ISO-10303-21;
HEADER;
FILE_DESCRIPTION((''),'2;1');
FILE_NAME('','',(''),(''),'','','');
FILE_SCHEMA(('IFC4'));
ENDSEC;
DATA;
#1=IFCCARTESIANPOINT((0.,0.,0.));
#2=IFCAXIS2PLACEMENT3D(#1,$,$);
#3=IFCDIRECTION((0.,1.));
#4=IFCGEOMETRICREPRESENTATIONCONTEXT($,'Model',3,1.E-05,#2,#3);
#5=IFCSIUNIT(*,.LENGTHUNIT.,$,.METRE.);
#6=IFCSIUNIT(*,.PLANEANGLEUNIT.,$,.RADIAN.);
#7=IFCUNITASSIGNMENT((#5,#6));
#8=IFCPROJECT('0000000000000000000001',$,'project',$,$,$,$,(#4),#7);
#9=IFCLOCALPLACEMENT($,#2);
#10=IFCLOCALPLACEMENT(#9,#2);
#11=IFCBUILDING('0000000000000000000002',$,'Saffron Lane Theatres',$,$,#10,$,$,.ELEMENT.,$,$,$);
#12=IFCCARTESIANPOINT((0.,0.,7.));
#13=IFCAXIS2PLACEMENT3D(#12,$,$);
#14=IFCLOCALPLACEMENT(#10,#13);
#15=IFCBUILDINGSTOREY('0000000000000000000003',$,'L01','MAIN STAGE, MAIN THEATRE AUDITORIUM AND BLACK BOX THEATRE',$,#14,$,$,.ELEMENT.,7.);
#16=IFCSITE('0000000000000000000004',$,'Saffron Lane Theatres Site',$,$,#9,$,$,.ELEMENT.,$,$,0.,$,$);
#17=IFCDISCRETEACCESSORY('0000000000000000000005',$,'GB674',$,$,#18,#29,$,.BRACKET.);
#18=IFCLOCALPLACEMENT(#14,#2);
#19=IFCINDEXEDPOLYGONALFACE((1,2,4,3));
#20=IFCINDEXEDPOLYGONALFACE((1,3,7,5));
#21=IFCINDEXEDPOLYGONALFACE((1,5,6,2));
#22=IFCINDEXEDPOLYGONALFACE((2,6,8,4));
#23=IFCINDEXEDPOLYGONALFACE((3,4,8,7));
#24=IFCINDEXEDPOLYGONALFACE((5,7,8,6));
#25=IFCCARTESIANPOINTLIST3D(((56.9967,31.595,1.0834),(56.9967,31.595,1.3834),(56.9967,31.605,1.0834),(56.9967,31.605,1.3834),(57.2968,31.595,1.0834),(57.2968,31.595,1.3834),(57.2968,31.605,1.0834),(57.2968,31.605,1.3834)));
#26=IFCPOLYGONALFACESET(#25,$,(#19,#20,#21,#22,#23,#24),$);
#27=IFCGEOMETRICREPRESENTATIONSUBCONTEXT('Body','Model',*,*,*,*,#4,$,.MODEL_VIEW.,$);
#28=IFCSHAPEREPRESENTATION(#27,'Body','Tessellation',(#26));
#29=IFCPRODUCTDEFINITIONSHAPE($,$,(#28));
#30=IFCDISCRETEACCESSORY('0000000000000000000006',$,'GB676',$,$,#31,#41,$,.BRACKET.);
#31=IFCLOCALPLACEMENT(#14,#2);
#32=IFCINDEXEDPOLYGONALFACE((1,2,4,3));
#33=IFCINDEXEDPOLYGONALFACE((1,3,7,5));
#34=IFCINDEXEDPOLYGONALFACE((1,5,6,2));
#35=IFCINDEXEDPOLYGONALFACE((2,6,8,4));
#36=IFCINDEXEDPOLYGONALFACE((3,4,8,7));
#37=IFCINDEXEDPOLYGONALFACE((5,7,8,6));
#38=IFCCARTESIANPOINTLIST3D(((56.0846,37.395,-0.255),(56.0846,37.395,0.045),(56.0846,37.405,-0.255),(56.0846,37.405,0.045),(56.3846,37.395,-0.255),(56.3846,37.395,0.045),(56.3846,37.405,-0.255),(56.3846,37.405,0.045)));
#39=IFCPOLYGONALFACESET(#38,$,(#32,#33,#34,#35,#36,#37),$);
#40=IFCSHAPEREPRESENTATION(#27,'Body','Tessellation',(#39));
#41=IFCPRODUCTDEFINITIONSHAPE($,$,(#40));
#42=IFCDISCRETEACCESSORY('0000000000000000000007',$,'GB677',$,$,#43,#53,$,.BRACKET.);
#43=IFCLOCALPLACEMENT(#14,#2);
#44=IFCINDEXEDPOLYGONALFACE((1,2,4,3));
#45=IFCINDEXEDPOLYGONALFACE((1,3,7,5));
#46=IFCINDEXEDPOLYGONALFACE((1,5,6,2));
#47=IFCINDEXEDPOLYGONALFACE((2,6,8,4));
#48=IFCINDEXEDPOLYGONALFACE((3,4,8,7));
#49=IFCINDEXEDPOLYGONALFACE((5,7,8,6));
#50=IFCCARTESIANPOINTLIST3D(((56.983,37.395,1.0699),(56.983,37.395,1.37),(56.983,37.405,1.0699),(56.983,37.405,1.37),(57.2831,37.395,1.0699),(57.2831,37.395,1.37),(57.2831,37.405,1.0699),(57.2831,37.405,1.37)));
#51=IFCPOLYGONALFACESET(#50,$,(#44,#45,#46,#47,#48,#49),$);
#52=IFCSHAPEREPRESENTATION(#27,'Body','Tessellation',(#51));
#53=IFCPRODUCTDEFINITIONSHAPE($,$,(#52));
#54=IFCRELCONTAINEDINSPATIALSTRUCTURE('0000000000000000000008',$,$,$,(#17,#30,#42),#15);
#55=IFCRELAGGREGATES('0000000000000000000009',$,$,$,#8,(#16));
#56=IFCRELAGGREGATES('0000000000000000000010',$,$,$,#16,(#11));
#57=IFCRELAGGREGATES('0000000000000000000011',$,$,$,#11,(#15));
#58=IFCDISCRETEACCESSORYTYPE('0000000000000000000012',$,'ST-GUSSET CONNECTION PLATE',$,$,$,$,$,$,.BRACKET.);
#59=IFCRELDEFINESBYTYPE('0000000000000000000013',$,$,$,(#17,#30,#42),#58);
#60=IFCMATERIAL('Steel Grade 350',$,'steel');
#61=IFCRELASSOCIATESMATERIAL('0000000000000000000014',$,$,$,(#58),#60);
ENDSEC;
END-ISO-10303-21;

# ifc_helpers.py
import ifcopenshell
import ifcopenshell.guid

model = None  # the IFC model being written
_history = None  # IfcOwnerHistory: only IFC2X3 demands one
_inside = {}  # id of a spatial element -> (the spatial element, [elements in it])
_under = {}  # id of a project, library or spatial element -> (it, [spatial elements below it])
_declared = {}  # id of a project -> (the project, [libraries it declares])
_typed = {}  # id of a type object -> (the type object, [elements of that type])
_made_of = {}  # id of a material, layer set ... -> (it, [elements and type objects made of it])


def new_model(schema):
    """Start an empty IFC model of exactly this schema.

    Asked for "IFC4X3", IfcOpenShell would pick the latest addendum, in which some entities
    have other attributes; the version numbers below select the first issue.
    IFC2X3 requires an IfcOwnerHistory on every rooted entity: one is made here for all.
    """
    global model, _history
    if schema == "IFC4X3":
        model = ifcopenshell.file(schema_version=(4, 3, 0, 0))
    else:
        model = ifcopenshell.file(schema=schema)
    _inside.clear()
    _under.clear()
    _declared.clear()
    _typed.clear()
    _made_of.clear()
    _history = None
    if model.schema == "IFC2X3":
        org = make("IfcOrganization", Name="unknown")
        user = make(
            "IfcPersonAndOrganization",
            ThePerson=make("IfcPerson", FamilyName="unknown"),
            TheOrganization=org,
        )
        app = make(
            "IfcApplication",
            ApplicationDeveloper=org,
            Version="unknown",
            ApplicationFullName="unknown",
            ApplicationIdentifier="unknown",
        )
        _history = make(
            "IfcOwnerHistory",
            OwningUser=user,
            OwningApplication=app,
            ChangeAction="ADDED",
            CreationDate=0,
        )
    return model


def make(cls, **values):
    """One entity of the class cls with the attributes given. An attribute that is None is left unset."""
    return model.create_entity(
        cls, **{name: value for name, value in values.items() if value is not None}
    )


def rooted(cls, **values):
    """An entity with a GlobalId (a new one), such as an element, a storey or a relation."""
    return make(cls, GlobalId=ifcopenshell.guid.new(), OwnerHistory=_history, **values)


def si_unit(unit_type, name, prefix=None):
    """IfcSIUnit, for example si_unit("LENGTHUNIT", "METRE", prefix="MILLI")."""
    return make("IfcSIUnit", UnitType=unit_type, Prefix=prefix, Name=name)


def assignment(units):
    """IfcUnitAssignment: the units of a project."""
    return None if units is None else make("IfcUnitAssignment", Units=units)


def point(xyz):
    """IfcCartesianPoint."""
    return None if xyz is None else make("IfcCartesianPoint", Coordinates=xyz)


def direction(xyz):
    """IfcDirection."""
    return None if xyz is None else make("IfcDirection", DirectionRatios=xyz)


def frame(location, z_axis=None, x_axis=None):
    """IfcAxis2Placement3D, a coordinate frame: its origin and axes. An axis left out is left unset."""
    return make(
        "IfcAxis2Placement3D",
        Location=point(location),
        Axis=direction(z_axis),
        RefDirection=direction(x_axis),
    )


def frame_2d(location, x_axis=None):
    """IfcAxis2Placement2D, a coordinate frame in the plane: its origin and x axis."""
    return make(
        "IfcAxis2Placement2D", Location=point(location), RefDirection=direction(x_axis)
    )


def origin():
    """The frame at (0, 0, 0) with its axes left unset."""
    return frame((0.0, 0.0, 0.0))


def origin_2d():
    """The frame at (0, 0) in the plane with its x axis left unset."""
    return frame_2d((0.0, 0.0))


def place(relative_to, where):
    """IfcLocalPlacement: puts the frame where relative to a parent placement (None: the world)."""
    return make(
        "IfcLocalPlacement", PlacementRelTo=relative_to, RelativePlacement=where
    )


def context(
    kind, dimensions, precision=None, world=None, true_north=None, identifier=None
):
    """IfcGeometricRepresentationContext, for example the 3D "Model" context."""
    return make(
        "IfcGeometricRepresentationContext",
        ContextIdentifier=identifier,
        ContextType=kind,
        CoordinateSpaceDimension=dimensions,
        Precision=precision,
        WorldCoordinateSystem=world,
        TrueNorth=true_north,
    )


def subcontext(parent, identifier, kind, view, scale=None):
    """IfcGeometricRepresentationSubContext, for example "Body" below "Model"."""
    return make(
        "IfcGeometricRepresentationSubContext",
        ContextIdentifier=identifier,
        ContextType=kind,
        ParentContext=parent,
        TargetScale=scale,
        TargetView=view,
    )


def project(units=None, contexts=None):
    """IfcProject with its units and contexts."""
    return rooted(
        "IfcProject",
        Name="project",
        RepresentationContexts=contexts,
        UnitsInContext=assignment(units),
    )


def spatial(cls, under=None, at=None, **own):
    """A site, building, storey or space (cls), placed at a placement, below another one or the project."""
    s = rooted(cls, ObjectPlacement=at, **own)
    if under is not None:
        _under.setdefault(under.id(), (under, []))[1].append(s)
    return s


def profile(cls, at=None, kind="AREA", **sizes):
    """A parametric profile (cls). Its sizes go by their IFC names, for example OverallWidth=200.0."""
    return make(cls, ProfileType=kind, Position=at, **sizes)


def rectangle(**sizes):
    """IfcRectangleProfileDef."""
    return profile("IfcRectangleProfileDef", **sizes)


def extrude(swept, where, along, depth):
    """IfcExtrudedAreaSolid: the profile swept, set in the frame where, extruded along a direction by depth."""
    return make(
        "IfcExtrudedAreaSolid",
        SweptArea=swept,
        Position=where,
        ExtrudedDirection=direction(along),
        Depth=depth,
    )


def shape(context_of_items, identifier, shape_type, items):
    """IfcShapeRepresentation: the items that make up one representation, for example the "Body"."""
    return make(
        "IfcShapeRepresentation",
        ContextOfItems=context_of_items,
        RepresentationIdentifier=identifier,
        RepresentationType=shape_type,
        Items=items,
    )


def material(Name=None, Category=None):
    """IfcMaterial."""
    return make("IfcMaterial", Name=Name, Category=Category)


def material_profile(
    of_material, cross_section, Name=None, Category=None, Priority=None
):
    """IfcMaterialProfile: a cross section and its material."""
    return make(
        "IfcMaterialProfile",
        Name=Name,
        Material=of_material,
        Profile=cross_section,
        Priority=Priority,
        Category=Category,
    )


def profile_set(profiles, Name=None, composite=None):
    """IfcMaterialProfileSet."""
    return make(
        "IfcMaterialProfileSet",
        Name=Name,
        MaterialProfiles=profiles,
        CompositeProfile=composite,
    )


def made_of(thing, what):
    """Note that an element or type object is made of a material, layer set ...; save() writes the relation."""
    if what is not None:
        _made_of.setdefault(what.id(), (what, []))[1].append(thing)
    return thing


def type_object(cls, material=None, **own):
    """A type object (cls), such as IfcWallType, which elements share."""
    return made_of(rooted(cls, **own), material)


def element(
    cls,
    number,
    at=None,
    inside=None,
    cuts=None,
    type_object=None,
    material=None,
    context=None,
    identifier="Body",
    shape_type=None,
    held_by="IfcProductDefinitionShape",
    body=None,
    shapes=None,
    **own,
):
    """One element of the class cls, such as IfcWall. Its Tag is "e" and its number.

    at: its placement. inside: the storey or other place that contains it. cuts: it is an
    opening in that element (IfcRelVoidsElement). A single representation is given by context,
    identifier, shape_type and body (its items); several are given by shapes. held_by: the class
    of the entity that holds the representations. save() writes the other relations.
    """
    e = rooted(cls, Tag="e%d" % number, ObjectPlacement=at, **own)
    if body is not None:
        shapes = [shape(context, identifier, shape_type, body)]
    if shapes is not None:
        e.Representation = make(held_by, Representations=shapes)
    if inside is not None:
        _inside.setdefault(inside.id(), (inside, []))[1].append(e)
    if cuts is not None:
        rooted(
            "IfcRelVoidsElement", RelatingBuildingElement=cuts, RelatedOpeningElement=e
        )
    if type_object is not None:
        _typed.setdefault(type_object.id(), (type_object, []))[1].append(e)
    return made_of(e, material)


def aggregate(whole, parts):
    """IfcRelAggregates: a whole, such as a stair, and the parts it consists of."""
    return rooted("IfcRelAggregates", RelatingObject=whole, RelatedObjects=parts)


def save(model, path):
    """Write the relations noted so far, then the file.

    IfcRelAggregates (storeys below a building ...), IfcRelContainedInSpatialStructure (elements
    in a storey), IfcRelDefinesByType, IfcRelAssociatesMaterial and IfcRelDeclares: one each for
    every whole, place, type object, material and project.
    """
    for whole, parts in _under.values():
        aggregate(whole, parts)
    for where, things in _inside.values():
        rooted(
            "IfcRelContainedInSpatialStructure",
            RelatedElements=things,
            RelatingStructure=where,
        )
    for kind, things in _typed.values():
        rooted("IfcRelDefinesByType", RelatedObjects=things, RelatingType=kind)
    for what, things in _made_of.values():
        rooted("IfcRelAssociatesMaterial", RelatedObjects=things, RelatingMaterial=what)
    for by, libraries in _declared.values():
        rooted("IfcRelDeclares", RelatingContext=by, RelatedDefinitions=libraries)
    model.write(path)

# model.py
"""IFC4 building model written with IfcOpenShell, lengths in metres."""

from ifc_helpers import new_model, si_unit, direction, frame, origin, origin_2d, place, context, subcontext, project, spatial, rectangle, extrude, material, material_profile, profile_set, type_object, element, save


model = new_model("IFC4")

# Units and contexts
model_context = context("Model", 3, precision=1e-05, world=origin(), true_north=direction((0.0, 1.0)))
body_context = subcontext(model_context, "Body", "Model", "MODEL_VIEW")
ifc_project = project(units=[si_unit("LENGTHUNIT", "METRE"), si_unit("PLANEANGLEUNIT", "RADIAN")], contexts=[model_context])

# Site, building, storey
site_placement = place(None, origin())
site = spatial("IfcSite", under=ifc_project, at=site_placement, Name="Saffron Lane Theatres Site", CompositionType="ELEMENT", RefElevation=0.0)
building_placement = place(site_placement, origin())
building = spatial("IfcBuilding", under=site, at=building_placement, Name="Saffron Lane Theatres", CompositionType="ELEMENT")
storey_placement = place(building_placement, frame((0.0, 0.0, 7.0)))
storey = spatial("IfcBuildingStorey", under=building, at=storey_placement, Name="L01", Description="MAIN STAGE, MAIN THEATRE AUDITORIUM AND BLACK BOX THEATRE", CompositionType="ELEMENT", Elevation=7.0)

# Discrete accessories
ifc_material_1 = material(Name="Steel Grade 350", Category="steel")
ifc_material_profile_1 = material_profile(ifc_material_1, rectangle(XDim=0.3, YDim=0.3, at=origin_2d()))
ifc_profile_set_1 = profile_set([ifc_material_profile_1], Name="Steel Grade 350")
discrete_accessory_type = type_object("IfcDiscreteAccessoryType", Name="ST-GUSSET CONNECTION PLATE", PredefinedType="BRACKET", material=ifc_profile_set_1)
for number, where, z_axis, x_axis, name in (
    (1, (57.1467, 31.595, 1.2334), (0.0, 1.0, 0.0), (-1.0, 0.0, 0.0), "GB674"),
    (2, (56.2346, 37.395, -0.105), (0.0, 1.0, 0.0), (-1.0, 0.0, 0.0), "GB676"),
    (3, (57.1331, 37.395, 1.22), (0.0, 1.0, 0.0), (-1.0, 0.0, 0.0), "GB677"),
):
    element("IfcDiscreteAccessory", number, at=place(storey_placement, frame(where, z_axis=z_axis, x_axis=x_axis)), inside=storey, type_object=discrete_accessory_type, Name=name, PredefinedType="BRACKET", context=body_context, shape_type="SweptSolid", body=[
        extrude(rectangle(XDim=0.3, YDim=0.3, at=origin_2d()), origin(), (0.0, 0.0, 1.0), 0.01),
    ])

save(model, "model.ifc")
